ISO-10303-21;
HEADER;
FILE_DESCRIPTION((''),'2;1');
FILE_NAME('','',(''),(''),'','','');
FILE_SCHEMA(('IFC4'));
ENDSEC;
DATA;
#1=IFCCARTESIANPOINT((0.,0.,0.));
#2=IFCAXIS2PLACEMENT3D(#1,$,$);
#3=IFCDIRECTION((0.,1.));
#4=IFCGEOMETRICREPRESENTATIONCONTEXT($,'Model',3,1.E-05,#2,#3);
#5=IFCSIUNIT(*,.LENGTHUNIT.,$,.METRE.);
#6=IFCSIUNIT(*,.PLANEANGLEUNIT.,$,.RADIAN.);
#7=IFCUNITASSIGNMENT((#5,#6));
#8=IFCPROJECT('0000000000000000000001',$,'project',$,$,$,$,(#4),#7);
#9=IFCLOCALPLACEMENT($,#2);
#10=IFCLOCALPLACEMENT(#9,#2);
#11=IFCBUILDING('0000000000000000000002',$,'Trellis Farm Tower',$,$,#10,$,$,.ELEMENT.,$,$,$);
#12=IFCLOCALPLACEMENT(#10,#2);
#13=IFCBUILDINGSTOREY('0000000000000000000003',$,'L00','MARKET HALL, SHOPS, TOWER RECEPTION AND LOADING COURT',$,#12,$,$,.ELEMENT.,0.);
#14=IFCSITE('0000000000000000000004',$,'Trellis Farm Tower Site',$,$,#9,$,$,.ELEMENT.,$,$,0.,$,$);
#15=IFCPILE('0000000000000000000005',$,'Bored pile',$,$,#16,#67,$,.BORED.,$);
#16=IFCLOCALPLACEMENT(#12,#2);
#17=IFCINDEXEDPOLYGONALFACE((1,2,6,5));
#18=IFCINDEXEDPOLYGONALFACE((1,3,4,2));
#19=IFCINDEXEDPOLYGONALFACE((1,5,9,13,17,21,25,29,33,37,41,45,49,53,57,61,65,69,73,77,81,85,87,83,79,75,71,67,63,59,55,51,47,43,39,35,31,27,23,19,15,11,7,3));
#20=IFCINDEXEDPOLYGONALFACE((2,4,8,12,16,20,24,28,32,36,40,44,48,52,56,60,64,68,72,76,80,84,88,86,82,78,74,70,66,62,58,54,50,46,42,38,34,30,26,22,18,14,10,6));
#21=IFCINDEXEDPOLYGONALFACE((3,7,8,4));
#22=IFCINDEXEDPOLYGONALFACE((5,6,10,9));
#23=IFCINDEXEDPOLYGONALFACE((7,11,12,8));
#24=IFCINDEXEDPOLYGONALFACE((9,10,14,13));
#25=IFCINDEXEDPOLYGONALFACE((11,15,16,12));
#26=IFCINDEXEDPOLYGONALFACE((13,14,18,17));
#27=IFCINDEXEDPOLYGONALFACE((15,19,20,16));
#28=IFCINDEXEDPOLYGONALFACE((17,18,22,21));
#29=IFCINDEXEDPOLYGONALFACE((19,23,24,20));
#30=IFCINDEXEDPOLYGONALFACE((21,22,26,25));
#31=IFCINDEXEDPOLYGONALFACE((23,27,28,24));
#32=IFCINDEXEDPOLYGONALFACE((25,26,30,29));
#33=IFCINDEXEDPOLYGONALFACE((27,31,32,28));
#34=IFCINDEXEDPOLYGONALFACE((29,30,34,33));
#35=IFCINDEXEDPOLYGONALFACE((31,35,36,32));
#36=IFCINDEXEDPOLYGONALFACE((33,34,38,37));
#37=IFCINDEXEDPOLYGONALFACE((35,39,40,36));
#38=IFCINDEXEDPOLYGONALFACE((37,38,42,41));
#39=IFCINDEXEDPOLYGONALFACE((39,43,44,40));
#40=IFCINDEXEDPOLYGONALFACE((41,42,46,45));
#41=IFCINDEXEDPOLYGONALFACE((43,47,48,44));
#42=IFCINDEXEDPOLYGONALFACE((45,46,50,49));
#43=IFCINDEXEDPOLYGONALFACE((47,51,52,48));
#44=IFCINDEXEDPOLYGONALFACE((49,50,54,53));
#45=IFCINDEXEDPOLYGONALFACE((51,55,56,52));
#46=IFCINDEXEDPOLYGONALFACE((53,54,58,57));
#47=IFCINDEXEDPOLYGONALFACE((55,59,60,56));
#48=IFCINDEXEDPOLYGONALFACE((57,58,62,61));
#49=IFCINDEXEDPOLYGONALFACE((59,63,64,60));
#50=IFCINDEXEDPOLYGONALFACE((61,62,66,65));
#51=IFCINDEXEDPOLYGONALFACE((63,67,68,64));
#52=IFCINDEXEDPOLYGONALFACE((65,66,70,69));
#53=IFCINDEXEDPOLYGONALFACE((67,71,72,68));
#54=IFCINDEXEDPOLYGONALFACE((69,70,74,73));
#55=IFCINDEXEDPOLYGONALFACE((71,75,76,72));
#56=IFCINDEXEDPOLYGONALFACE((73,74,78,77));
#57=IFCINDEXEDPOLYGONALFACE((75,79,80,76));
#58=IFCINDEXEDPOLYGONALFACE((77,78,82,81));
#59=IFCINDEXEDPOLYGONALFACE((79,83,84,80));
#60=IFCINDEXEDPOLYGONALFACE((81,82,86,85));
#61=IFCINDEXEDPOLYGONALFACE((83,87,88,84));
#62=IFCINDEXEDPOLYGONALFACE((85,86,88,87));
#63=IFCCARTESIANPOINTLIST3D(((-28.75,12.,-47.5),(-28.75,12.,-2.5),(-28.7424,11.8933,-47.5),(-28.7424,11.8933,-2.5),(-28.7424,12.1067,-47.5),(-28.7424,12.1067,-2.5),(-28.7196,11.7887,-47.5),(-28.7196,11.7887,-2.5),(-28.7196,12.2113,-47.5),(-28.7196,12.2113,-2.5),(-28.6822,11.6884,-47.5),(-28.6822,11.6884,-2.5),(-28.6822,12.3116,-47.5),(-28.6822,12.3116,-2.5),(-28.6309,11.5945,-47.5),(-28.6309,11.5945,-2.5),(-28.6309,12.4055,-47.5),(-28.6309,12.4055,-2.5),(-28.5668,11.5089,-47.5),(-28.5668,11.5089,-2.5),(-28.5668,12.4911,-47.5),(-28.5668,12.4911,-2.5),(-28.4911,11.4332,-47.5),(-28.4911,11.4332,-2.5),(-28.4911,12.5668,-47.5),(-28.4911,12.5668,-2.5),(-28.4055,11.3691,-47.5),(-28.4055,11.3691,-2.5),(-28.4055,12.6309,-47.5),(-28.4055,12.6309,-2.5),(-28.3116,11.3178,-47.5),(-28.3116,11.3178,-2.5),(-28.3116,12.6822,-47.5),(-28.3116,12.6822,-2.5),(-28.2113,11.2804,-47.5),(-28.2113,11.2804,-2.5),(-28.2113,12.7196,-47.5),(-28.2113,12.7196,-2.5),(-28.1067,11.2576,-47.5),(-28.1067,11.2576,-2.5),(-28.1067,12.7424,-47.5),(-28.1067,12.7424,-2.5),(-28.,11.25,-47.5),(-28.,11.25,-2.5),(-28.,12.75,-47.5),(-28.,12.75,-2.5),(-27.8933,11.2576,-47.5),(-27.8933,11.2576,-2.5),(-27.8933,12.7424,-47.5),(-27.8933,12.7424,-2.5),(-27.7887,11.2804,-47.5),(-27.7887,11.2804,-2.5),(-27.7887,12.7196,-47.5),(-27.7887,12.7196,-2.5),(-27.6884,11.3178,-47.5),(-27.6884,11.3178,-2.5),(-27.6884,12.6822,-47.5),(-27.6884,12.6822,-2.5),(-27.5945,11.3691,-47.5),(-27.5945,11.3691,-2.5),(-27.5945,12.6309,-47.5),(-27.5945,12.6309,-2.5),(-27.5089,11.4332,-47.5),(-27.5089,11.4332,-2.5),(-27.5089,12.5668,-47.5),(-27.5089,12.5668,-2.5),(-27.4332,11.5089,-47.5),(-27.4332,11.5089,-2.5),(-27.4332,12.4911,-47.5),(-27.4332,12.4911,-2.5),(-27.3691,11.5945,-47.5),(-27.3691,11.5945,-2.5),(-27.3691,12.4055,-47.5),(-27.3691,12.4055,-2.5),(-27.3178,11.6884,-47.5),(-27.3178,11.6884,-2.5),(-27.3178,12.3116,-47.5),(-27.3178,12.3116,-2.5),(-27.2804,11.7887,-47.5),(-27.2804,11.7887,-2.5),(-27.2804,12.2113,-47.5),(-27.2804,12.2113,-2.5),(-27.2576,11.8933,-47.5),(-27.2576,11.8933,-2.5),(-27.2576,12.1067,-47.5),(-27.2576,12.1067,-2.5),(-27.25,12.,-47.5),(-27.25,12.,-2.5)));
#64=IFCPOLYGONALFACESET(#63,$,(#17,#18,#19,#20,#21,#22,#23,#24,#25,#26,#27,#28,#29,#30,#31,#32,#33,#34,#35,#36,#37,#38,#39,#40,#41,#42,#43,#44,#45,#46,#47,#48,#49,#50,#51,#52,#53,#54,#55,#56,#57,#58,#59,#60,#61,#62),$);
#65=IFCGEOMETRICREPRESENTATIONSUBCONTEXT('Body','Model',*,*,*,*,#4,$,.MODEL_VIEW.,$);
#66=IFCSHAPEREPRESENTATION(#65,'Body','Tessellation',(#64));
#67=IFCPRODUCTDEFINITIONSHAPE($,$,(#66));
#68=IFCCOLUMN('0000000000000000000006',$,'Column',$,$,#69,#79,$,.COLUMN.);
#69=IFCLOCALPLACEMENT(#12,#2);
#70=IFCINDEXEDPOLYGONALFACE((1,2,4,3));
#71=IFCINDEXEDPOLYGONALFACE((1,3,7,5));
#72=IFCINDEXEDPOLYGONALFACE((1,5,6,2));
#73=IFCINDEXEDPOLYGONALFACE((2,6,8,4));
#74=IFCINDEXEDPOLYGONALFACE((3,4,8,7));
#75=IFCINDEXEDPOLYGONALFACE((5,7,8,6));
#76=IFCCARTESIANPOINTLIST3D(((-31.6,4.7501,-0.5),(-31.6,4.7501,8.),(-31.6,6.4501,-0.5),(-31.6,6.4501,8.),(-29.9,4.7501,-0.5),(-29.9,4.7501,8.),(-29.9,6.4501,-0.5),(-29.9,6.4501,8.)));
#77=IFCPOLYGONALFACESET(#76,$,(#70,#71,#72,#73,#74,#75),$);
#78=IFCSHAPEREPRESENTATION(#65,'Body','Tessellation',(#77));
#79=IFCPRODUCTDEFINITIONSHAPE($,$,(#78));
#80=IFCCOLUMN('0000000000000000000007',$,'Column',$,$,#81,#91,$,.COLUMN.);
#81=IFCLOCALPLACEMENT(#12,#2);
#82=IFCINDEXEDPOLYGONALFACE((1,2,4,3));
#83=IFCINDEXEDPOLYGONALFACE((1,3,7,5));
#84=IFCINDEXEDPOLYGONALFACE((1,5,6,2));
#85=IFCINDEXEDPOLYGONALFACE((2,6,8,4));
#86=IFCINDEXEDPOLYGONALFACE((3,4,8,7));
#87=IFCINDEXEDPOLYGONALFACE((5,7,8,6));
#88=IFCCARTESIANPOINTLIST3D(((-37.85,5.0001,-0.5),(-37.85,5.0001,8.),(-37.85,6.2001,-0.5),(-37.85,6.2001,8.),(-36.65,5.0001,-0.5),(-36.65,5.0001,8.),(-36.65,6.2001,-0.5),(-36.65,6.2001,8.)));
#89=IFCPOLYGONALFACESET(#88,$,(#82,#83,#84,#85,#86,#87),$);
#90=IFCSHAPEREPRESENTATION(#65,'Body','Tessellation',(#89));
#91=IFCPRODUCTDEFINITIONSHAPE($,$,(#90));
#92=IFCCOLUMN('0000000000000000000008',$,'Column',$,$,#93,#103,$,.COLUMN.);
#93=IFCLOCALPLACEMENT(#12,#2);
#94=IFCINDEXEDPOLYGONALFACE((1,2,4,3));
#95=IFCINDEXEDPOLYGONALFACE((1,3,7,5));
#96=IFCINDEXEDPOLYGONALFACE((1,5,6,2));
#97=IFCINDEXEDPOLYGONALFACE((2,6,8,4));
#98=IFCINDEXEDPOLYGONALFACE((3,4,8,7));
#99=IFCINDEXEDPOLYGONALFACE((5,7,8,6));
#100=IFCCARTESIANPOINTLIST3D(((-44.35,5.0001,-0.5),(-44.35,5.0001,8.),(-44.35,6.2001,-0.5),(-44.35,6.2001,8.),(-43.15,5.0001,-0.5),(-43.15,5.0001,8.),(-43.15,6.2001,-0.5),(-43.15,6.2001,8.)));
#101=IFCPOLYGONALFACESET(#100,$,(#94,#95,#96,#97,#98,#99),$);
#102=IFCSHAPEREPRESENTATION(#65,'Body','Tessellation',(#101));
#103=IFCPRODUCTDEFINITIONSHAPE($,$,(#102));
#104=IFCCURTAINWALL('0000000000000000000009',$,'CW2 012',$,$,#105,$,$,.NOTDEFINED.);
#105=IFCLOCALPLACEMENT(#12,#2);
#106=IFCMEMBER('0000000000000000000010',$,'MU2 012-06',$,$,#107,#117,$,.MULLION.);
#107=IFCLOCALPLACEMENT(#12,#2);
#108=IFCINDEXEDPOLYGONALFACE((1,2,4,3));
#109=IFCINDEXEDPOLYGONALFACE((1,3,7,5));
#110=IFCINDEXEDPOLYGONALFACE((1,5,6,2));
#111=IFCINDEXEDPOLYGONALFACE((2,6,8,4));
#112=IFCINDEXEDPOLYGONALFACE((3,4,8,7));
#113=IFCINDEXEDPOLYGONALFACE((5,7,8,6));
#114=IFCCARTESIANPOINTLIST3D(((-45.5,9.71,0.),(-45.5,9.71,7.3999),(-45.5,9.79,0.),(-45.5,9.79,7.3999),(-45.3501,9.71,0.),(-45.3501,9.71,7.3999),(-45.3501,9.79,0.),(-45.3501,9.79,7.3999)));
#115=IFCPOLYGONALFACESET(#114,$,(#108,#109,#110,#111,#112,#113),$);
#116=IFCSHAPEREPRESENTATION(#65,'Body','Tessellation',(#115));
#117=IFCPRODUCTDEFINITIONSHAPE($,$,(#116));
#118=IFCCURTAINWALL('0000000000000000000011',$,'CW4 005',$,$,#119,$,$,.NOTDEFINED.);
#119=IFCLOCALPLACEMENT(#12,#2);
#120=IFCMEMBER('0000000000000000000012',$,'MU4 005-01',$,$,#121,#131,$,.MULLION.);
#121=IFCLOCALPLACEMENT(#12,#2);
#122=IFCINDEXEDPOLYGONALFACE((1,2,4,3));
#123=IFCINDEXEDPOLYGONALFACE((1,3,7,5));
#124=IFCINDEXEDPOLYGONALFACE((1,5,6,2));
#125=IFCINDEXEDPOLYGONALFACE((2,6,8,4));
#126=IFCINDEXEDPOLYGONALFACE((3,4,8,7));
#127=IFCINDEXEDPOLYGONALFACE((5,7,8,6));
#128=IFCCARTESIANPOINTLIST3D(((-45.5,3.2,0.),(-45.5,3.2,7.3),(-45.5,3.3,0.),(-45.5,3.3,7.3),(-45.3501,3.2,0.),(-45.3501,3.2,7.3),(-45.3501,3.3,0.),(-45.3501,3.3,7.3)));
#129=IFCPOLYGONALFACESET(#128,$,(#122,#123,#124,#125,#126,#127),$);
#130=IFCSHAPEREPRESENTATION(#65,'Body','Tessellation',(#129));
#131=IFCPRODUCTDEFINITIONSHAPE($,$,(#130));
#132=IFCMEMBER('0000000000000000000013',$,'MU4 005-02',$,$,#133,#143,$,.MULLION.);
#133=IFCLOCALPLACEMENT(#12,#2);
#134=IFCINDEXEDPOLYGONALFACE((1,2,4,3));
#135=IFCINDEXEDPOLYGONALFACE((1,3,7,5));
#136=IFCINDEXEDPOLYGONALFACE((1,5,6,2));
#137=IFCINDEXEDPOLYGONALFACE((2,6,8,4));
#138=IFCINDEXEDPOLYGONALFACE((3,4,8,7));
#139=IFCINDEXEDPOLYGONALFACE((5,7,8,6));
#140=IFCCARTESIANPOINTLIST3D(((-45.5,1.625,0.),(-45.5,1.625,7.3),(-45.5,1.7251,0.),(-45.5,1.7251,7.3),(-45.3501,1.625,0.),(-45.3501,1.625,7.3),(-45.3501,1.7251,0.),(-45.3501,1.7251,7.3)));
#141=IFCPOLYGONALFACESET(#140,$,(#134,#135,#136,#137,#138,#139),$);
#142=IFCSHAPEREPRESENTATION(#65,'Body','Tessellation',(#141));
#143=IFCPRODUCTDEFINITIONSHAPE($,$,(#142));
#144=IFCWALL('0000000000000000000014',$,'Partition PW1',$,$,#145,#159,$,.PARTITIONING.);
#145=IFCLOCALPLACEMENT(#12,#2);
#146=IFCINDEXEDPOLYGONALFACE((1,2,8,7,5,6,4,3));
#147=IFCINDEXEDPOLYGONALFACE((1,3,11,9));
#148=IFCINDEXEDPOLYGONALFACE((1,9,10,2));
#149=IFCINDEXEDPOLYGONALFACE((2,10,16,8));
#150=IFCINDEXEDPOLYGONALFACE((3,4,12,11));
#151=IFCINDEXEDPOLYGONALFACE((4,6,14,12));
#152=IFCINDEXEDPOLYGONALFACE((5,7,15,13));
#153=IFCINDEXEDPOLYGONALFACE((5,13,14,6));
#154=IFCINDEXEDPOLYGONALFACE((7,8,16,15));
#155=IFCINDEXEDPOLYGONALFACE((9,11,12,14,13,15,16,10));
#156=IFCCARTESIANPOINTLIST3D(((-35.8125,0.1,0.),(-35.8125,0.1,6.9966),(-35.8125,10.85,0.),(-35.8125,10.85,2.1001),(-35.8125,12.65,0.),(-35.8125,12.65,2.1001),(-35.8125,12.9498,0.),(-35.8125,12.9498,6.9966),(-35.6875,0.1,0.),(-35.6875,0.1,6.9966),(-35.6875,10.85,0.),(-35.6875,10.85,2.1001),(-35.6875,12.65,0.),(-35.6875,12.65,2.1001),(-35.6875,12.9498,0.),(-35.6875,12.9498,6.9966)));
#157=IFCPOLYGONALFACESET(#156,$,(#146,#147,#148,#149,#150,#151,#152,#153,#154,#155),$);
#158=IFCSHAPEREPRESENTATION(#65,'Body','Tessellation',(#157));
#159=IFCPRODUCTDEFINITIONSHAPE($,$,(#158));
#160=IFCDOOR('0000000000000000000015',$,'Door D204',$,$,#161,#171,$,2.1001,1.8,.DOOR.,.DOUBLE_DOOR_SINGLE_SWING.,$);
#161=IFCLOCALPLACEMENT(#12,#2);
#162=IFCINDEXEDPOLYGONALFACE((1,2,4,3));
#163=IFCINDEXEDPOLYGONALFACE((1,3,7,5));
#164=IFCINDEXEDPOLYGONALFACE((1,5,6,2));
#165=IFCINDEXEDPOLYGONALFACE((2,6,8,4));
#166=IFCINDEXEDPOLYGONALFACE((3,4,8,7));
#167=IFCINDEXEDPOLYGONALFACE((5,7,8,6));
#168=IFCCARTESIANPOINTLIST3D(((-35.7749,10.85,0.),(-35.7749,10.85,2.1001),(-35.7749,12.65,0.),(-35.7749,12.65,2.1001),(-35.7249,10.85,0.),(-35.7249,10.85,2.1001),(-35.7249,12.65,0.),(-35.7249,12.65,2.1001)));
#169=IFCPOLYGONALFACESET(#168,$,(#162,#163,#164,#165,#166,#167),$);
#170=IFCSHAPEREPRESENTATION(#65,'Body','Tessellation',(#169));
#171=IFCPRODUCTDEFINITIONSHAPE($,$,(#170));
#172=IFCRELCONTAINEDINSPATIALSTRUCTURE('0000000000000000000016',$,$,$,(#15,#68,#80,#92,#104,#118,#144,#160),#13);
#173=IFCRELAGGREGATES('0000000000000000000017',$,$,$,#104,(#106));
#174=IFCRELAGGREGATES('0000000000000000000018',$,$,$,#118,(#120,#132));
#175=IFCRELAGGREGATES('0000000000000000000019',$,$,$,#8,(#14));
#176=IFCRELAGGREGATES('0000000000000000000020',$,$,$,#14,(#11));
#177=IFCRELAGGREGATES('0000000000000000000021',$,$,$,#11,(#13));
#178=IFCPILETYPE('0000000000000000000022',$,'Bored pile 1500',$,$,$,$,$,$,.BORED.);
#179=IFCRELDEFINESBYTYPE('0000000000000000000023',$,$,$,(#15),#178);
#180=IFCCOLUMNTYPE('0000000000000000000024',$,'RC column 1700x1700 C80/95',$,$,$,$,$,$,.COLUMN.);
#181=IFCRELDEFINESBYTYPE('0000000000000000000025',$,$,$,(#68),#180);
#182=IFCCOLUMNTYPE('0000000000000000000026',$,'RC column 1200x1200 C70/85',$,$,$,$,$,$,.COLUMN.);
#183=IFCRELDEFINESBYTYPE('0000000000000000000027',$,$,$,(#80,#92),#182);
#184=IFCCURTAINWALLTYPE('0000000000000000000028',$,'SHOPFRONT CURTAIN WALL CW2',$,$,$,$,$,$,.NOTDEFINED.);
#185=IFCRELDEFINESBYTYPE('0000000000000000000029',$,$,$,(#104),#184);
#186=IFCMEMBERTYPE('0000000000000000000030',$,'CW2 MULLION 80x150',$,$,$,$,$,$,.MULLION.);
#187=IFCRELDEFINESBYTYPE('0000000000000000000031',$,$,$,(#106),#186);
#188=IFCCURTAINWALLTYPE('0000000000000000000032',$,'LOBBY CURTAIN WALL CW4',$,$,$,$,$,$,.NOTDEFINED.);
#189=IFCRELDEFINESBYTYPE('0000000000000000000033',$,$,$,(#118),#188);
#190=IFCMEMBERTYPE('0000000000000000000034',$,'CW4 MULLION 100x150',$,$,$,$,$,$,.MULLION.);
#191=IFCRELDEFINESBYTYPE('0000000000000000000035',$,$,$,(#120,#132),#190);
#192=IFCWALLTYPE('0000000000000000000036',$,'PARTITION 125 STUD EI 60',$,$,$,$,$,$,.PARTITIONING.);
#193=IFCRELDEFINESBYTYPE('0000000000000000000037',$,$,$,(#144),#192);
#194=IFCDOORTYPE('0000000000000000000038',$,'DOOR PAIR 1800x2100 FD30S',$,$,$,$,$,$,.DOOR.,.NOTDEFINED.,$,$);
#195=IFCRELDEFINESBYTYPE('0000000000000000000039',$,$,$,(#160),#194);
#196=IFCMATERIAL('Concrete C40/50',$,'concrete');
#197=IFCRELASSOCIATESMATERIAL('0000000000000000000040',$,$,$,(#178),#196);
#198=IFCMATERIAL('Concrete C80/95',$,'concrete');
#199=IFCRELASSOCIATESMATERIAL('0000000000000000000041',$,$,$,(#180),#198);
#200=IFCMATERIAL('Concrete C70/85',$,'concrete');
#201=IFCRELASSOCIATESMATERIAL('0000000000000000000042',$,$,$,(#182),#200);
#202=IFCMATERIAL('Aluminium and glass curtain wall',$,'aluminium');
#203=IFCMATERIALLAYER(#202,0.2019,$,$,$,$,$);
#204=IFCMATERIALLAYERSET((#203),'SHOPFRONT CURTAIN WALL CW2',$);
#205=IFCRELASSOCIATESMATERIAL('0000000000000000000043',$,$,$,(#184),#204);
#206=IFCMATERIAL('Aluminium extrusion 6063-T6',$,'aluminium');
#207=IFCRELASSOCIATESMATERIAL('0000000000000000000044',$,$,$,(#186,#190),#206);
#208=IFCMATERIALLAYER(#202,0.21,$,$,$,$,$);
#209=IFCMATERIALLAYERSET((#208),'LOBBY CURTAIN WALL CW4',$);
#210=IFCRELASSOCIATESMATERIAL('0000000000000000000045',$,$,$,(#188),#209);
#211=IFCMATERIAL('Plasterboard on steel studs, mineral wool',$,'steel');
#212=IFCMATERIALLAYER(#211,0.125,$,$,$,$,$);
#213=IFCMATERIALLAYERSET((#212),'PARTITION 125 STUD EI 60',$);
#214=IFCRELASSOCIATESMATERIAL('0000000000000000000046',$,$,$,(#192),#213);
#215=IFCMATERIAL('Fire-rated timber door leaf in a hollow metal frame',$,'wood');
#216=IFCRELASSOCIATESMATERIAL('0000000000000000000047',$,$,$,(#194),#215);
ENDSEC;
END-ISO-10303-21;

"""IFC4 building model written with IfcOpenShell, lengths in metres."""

from ifc_helpers import new_model, si_unit, direction, frame, frame_2d, origin, origin_2d, place, context, subcontext, project, spatial, rectangle, circle, extrude, source, transform, mapped, material, layer, layer_set, material_profile, profile_set, type_object, element, fill, aggregate, save


model = new_model("IFC4")

# Units and contexts
model_context = context("Model", 3, precision=1e-05, world=origin(), true_north=direction((0.0, 1.0)))
body_context = subcontext(model_context, "Body", "Model", "MODEL_VIEW")
ifc_project = project(units=[si_unit("LENGTHUNIT", "METRE"), si_unit("PLANEANGLEUNIT", "RADIAN")], contexts=[model_context])

# Site, building, storey
site_placement = place(None, origin())
site = spatial("IfcSite", under=ifc_project, at=site_placement, Name="Trellis Farm Tower Site", CompositionType="ELEMENT", RefElevation=0.0)
building_placement = place(site_placement, origin())
building = spatial("IfcBuilding", under=site, at=building_placement, Name="Trellis Farm Tower", CompositionType="ELEMENT")
storey_placement = place(building_placement, origin())
storey = spatial("IfcBuildingStorey", under=building, at=storey_placement, Name="L00", Description="MARKET HALL, SHOPS, TOWER RECEPTION AND LOADING COURT", CompositionType="ELEMENT", Elevation=0.0)

# Pile
ifc_material_1 = material(Name="Concrete C40/50", Category="concrete")
ifc_material_profile_1 = material_profile(ifc_material_1, circle(Radius=0.75, at=origin_2d()), Name="Bored pile 1500")
ifc_profile_set_1 = profile_set([ifc_material_profile_1], Name="Concrete C40/50")
pile_type = type_object("IfcPileType", Name="Bored pile 1500", PredefinedType="BORED", material=ifc_profile_set_1)
shared_shape_1 = source(origin(), body_context, "Body", "SweptSolid", [
    extrude(circle(Radius=0.75, at=origin_2d()), origin(), (0.0, 0.0, 1.0), 45.0),
])
for number, where, z_axis, x_axis, name in (
    (1, (-28.0, 12.0, -2.5), (0.0, 0.0, -1.0), (1.0, 0.0, 0.0), "Bored pile"),
):
    element("IfcPile", number, at=place(storey_placement, frame(where, z_axis=z_axis, x_axis=x_axis)), inside=storey, type_object=pile_type, Name=name, PredefinedType="BORED", context=body_context, shape_type="MappedRepresentation", body=[
        mapped(shared_shape_1, transform((0.0, 0.0, 0.0))),
    ])

# Columns
ifc_material_2 = material(Name="Concrete C80/95", Category="concrete")
ifc_material_profile_2 = material_profile(ifc_material_2, rectangle(XDim=1.7, YDim=1.7, at=origin_2d()), Name="RC column 1700x1700 C80/95")
ifc_profile_set_2 = profile_set([ifc_material_profile_2], Name="Concrete C80/95")
column_type_1 = type_object("IfcColumnType", Name="RC column 1700x1700 C80/95", PredefinedType="COLUMN", material=ifc_profile_set_2)
shared_shape_2 = source(origin(), body_context, "Body", "SweptSolid", [
    extrude(rectangle(XDim=1.7, YDim=1.7, at=origin_2d()), origin(), (0.0, 0.0, 1.0), 8.5),
])
column_placement = place(storey_placement, frame((-30.75, 5.6001, -0.5), z_axis=(0.0, 0.0, 1.0), x_axis=(1.0, 0.0, 0.0)))
element("IfcColumn", 2, at=column_placement, inside=storey, type_object=column_type_1, Name="Column", PredefinedType="COLUMN", context=body_context, shape_type="MappedRepresentation", body=[
    mapped(shared_shape_2, transform((0.0, 0.0, 0.0))),
])
ifc_material_3 = material(Name="Concrete C70/85", Category="concrete")
ifc_material_profile_3 = material_profile(ifc_material_3, rectangle(XDim=1.2, YDim=1.2, at=origin_2d()), Name="RC column 1200x1200 C70/85")
ifc_profile_set_3 = profile_set([ifc_material_profile_3], Name="Concrete C70/85")
column_type_2 = type_object("IfcColumnType", Name="RC column 1200x1200 C70/85", PredefinedType="COLUMN", material=ifc_profile_set_3)
shared_shape_3 = source(origin(), body_context, "Body", "SweptSolid", [
    extrude(rectangle(XDim=1.2, YDim=1.2, at=origin_2d()), origin(), (0.0, 0.0, 1.0), 8.5),
])
for number, where, z_axis, x_axis, name in (
    (3, (-37.25, 5.6001, -0.5), (0.0, 0.0, 1.0), (1.0, 0.0, 0.0), "Column"),
    (4, (-43.75, 5.6001, -0.5), (0.0, 0.0, 1.0), (1.0, 0.0, 0.0), "Column"),
):
    element("IfcColumn", number, at=place(storey_placement, frame(where, z_axis=z_axis, x_axis=x_axis)), inside=storey, type_object=column_type_2, Name=name, PredefinedType="COLUMN", context=body_context, shape_type="MappedRepresentation", body=[
        mapped(shared_shape_3, transform((0.0, 0.0, 0.0))),
    ])

# Curtain wall, member
ifc_material_4 = material(Name="Aluminium and glass curtain wall", Category="aluminium")
ifc_layer_1 = layer(ifc_material_4, 0.2019)
ifc_layer_set_1 = layer_set([ifc_layer_1], Name="SHOPFRONT CURTAIN WALL CW2")
curtain_wall_type_1 = type_object("IfcCurtainWallType", Name="SHOPFRONT CURTAIN WALL CW2", PredefinedType="NOTDEFINED", material=ifc_layer_set_1)
placement = place(storey_placement, origin())
curtain_wall_1 = element("IfcCurtainWall", 5, at=placement, inside=storey, type_object=curtain_wall_type_1, Name="CW2 012", PredefinedType="NOTDEFINED")
ifc_material_5 = material(Name="Aluminium extrusion 6063-T6", Category="aluminium")
ifc_material_profile_4 = material_profile(ifc_material_5, rectangle(XDim=0.0801, YDim=0.1499, at=origin_2d()), Name="MULLION 80x150")
ifc_profile_set_4 = profile_set([ifc_material_profile_4], Name="Aluminium extrusion 6063-T6")
member_type_1 = type_object("IfcMemberType", Name="CW2 MULLION 80x150", PredefinedType="MULLION", material=ifc_profile_set_4)
shared_shape_4 = source(origin(), body_context, "Body", "SweptSolid", [
    extrude(rectangle(XDim=0.0801, YDim=0.1499, at=origin_2d()), origin(), (0.0, 0.0, 1.0), 7.3999),
])
member_1_placement = place(storey_placement, frame((-45.425, 9.75, 0.0), z_axis=(0.0, 0.0, 1.0), x_axis=(0.0, -1.0, 0.0)))
member_1 = element("IfcMember", 6, at=member_1_placement, type_object=member_type_1, Name="MU2 012-06", PredefinedType="MULLION", context=body_context, shape_type="MappedRepresentation", body=[
    mapped(shared_shape_4, transform((0.0, 0.0, 0.0))),
])
aggregate(curtain_wall_1, [member_1])

# Curtain wall, members
ifc_layer_2 = layer(ifc_material_4, 0.21)
ifc_layer_set_2 = layer_set([ifc_layer_2], Name="LOBBY CURTAIN WALL CW4")
curtain_wall_type_2 = type_object("IfcCurtainWallType", Name="LOBBY CURTAIN WALL CW4", PredefinedType="NOTDEFINED", material=ifc_layer_set_2)
curtain_wall_2 = element("IfcCurtainWall", 7, at=placement, inside=storey, type_object=curtain_wall_type_2, Name="CW4 005", PredefinedType="NOTDEFINED")
ifc_material_profile_5 = material_profile(ifc_material_5, rectangle(XDim=0.1001, YDim=0.1499, at=origin_2d()), Name="MULLION 100x150")
ifc_profile_set_5 = profile_set([ifc_material_profile_5], Name="Aluminium extrusion 6063-T6")
member_type_2 = type_object("IfcMemberType", Name="CW4 MULLION 100x150", PredefinedType="MULLION", material=ifc_profile_set_5)
shared_shape_5 = source(origin(), body_context, "Body", "SweptSolid", [
    extrude(rectangle(XDim=0.1001, YDim=0.1499, at=origin_2d()), origin(), (0.0, 0.0, 1.0), 7.3),
])
member_2_placement = place(storey_placement, frame((-45.425, 3.25, 0.0), z_axis=(0.0, 0.0, 1.0), x_axis=(0.0, -1.0, 0.0)))
member_2 = element("IfcMember", 8, at=member_2_placement, type_object=member_type_2, Name="MU4 005-01", PredefinedType="MULLION", context=body_context, shape_type="MappedRepresentation", body=[
    mapped(shared_shape_5, transform((0.0, 0.0, 0.0))),
])
member_3_placement = place(storey_placement, frame((-45.425, 1.675, 0.0), z_axis=(0.0, 0.0, 1.0), x_axis=(0.0, -1.0, 0.0)))
member_3 = element("IfcMember", 9, at=member_3_placement, type_object=member_type_2, Name="MU4 005-02", PredefinedType="MULLION", context=body_context, shape_type="MappedRepresentation", body=[
    mapped(shared_shape_5, transform((0.0, 0.0, 0.0))),
])
aggregate(curtain_wall_2, [member_2, member_3])

# Wall, opening, door
ifc_material_6 = material(Name="Plasterboard on steel studs, mineral wool", Category="steel")
ifc_layer_3 = layer(ifc_material_6, 0.125)
ifc_layer_set_3 = layer_set([ifc_layer_3], Name="PARTITION 125 STUD EI 60")
wall_type = type_object("IfcWallType", Name="PARTITION 125 STUD EI 60", PredefinedType="PARTITIONING", material=ifc_layer_set_3)
shared_shape_6 = source(origin(), body_context, "Body", "SweptSolid", [
    extrude(rectangle(XDim=12.8499, YDim=0.125, at=frame_2d((6.4248, 0.0))), origin(), (0.0, 0.0, 1.0), 6.9966),
])
wall_placement = place(storey_placement, frame((-35.75, 0.1001, 0.0), z_axis=(0.0, 0.0, 1.0), x_axis=(0.0, 1.0, 0.0)))
wall = element("IfcWall", 10, at=wall_placement, inside=storey, type_object=wall_type, Name="Partition PW1", PredefinedType="PARTITIONING", context=body_context, shape_type="MappedRepresentation", body=[
    mapped(shared_shape_6, transform((0.0, 0.0, 0.0))),
])
shared_shape_7 = source(origin(), body_context, "Body", "SweptSolid", [
    extrude(rectangle(XDim=1.8, YDim=2.1001, at=frame_2d((0.8999, 1.05))), frame((0.0, 0.0725, 0.0), z_axis=(0.0, -1.0, 0.0), x_axis=(1.0, 0.0, 0.0)), (0.0, 0.0, 1.0), 0.145),
])
opening_placement = place(wall_placement, frame((10.75, 0.0, 0.0)))
opening = element("IfcOpeningElement", 11, at=opening_placement, cuts=wall, PredefinedType="OPENING", context=body_context, shape_type="MappedRepresentation", body=[
    mapped(shared_shape_7, transform((0.0, 0.0, 0.0))),
])
ifc_material_7 = material(Name="Fire-rated timber door leaf in a hollow metal frame", Category="wood")
door_type = type_object("IfcDoorType", Name="DOOR PAIR 1800x2100 FD30S", OperationType="NOTDEFINED", PredefinedType="DOOR", material=ifc_material_7)
shared_shape_8 = source(origin(), body_context, "Body", "SweptSolid", [
    extrude(rectangle(XDim=1.8, YDim=2.1001, at=frame_2d((0.8999, 1.05))), frame((0.0, 0.0249, 0.0), z_axis=(0.0, -1.0, 0.0), x_axis=(1.0, 0.0, 0.0)), (0.0, 0.0, 1.0), 0.05),
])
door_placement = place(opening_placement, origin())
door = element("IfcDoor", 12, at=door_placement, inside=storey, type_object=door_type, Name="Door D204", OperationType="DOUBLE_DOOR_SINGLE_SWING", OverallHeight=2.1001, OverallWidth=1.8, PredefinedType="DOOR", context=body_context, shape_type="MappedRepresentation", body=[
    mapped(shared_shape_8, transform((0.0, 0.0, 0.0))),
])
fill(opening, door)

save(model, "model.ifc")
